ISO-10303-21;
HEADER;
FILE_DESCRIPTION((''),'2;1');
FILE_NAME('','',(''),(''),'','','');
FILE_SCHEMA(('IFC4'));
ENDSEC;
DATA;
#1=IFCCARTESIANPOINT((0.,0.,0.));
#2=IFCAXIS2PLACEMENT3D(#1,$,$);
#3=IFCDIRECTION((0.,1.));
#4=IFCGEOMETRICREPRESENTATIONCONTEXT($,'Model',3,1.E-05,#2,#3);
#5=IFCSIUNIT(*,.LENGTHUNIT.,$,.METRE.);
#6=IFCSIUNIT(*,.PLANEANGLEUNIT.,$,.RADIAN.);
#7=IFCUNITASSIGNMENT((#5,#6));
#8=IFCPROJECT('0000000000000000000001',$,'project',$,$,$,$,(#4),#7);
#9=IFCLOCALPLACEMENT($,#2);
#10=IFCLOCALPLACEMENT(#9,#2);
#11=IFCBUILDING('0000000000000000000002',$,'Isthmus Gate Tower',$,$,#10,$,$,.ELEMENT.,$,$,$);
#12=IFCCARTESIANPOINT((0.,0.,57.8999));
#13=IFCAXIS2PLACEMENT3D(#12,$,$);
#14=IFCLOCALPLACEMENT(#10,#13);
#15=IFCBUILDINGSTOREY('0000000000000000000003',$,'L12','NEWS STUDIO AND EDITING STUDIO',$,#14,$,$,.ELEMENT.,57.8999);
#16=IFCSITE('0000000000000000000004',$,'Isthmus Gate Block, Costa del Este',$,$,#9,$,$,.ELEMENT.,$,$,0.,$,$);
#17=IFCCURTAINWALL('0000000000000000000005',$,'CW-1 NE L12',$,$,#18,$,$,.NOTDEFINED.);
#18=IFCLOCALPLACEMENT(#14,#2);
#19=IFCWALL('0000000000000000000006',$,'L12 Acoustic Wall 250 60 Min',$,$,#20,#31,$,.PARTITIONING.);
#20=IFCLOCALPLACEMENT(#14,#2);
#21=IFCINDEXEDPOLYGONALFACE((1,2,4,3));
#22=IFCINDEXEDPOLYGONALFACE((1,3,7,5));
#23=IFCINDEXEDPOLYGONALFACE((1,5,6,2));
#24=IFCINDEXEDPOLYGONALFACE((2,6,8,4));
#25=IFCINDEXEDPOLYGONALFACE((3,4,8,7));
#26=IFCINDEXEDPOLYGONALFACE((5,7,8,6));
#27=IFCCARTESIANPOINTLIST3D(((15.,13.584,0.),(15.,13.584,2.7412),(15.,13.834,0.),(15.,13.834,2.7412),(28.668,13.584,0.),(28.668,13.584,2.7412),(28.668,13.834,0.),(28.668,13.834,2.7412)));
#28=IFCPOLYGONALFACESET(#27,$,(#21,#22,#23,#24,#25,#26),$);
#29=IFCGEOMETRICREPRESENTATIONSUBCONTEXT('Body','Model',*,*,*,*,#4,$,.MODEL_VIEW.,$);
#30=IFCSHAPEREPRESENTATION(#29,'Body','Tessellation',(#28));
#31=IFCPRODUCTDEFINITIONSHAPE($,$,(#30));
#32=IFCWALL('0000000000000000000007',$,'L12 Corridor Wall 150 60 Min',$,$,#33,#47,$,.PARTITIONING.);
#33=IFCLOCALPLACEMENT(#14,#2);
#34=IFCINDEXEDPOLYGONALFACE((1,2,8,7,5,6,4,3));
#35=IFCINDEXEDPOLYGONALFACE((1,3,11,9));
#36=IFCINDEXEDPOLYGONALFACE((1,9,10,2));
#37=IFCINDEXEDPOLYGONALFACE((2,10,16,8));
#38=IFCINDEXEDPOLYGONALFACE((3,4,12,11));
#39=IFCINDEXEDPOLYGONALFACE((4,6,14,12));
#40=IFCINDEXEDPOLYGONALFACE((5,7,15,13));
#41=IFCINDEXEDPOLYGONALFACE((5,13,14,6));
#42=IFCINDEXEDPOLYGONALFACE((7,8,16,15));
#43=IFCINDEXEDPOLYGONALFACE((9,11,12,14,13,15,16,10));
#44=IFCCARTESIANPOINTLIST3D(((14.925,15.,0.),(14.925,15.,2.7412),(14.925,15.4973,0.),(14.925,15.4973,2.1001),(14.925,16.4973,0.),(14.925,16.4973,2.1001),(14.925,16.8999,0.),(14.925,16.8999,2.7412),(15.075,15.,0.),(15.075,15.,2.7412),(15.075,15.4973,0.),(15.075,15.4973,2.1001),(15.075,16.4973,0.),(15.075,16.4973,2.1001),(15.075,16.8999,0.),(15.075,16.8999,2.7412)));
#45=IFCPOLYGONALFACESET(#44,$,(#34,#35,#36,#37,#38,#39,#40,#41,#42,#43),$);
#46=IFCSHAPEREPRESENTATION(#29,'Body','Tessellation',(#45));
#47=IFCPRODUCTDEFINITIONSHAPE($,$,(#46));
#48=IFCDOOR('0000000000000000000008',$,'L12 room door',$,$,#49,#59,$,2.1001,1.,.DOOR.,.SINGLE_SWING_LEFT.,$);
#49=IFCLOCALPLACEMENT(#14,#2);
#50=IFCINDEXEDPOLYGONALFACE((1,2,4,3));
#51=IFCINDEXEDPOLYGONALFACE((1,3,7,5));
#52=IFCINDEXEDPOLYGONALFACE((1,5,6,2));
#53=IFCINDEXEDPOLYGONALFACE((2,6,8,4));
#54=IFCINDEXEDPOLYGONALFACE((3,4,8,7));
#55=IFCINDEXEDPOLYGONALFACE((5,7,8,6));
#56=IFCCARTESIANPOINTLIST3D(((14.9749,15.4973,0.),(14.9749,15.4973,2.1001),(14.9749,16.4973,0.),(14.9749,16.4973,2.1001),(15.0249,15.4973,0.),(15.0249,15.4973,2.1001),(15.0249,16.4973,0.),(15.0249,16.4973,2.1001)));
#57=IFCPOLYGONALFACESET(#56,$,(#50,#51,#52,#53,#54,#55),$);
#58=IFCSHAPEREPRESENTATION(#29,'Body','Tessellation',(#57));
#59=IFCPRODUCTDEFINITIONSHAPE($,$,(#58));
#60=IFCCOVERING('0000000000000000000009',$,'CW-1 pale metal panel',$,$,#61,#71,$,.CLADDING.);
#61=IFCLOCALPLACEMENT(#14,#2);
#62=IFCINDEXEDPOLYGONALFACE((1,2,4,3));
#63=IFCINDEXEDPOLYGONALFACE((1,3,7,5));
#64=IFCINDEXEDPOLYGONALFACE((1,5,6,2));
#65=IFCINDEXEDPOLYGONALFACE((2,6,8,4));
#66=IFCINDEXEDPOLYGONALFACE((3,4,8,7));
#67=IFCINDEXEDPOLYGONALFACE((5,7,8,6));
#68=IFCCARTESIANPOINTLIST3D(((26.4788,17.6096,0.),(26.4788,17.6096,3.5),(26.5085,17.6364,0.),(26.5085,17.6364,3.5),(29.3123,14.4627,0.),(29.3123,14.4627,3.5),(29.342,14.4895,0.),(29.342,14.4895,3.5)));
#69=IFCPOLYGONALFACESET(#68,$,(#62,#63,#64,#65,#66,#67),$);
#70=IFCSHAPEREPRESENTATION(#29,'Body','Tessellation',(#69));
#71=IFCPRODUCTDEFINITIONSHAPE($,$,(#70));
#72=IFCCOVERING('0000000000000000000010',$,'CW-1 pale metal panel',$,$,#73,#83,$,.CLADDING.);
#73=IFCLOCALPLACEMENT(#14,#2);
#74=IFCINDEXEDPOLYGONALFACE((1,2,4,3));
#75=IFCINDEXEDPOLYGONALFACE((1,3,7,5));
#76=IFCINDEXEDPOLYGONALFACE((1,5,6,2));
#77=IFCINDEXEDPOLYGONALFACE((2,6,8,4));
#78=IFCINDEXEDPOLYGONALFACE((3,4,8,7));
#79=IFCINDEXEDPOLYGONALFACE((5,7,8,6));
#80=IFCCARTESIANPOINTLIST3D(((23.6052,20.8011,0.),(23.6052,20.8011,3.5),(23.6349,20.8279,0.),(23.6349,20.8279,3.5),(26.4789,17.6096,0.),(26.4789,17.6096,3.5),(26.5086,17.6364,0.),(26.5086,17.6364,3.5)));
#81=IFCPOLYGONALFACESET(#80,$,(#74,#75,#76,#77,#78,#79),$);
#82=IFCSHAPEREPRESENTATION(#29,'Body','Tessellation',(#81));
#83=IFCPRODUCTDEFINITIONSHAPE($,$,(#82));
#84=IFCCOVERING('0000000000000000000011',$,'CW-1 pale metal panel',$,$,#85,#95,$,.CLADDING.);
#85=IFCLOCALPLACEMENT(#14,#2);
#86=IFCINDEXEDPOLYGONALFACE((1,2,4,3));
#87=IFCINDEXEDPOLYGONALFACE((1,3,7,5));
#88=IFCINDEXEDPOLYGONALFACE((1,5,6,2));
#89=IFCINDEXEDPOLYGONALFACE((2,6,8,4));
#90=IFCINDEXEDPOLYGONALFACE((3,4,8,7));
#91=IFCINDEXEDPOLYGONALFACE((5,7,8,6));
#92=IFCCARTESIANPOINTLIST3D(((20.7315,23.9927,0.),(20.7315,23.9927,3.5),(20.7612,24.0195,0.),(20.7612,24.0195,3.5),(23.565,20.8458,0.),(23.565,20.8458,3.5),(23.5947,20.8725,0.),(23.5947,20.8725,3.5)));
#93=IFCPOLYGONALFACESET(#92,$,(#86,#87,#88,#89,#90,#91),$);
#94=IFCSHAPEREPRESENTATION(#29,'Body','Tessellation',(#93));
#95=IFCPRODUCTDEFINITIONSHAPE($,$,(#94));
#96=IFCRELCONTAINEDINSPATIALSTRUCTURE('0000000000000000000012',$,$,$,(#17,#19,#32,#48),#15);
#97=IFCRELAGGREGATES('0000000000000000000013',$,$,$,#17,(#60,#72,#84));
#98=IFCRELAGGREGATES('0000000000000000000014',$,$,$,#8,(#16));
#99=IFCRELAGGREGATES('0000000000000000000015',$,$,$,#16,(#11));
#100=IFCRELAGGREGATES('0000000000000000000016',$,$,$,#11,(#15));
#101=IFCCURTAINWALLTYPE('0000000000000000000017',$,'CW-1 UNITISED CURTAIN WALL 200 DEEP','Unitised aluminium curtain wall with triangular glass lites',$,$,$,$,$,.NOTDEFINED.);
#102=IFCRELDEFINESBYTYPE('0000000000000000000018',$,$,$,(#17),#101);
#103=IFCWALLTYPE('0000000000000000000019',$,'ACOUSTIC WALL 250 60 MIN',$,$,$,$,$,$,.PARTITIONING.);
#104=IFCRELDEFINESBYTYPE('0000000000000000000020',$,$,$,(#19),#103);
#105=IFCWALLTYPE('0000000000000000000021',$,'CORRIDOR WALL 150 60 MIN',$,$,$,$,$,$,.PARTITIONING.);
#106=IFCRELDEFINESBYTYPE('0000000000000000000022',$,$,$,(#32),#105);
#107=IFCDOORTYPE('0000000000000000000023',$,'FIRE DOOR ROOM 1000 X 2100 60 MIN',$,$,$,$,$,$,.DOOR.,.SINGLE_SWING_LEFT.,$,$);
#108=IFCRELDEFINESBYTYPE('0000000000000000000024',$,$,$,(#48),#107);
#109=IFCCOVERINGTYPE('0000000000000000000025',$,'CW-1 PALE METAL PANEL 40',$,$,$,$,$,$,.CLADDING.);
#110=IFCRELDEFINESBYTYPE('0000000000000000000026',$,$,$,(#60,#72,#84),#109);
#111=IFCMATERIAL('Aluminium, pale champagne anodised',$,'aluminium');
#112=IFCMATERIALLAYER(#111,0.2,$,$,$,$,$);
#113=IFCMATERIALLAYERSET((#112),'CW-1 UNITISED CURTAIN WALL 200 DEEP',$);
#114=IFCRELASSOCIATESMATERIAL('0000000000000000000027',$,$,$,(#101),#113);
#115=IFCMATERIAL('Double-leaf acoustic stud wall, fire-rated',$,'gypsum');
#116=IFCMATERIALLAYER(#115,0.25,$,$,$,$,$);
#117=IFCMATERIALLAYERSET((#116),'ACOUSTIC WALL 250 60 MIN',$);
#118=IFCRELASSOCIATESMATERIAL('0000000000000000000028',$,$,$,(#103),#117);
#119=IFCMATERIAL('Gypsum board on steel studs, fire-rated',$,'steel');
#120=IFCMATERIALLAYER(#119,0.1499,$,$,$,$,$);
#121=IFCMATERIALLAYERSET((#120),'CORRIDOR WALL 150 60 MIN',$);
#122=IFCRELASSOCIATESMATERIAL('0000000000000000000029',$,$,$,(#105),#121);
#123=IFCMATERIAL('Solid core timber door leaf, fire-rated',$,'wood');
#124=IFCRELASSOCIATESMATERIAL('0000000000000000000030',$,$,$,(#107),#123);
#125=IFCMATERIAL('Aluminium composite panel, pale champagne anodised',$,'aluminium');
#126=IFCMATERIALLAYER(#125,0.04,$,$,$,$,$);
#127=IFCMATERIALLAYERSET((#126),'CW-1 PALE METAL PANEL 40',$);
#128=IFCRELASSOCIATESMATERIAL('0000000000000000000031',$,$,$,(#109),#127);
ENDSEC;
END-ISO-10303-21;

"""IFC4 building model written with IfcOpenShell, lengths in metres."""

from ifc_helpers import new_model, si_unit, direction, frame, frame_2d, origin, origin_2d, place, context, subcontext, project, spatial, rectangle, extrude, material, layer, layer_set, type_object, element, fill, aggregate, save


model = new_model("IFC4")

# Units and contexts
model_context = context("Model", 3, precision=1e-05, world=origin(), true_north=direction((0.0, 1.0)))
body_context = subcontext(model_context, "Body", "Model", "MODEL_VIEW")
ifc_project = project(units=[si_unit("LENGTHUNIT", "METRE"), si_unit("PLANEANGLEUNIT", "RADIAN")], contexts=[model_context])

# Site, building, storey
site_placement = place(None, origin())
site = spatial("IfcSite", under=ifc_project, at=site_placement, Name="Isthmus Gate Block, Costa del Este", CompositionType="ELEMENT", RefElevation=0.0)
building_placement = place(site_placement, origin())
building = spatial("IfcBuilding", under=site, at=building_placement, Name="Isthmus Gate Tower", CompositionType="ELEMENT")
storey_placement = place(building_placement, frame((0.0, 0.0, 57.8999)))
storey = spatial("IfcBuildingStorey", under=building, at=storey_placement, Name="L12", Description="NEWS STUDIO AND EDITING STUDIO", CompositionType="ELEMENT", Elevation=57.8999)

# Curtain wall
ifc_material_1 = material(Name="Aluminium, pale champagne anodised", Category="aluminium")
ifc_layer_1 = layer(ifc_material_1, 0.2)
ifc_layer_set_1 = layer_set([ifc_layer_1], Name="CW-1 UNITISED CURTAIN WALL 200 DEEP")
curtain_wall_type = type_object("IfcCurtainWallType", Name="CW-1 UNITISED CURTAIN WALL 200 DEEP", Description="Unitised aluminium curtain wall with triangular glass lites", PredefinedType="NOTDEFINED", material=ifc_layer_set_1)
curtain_wall_1_placement = place(storey_placement, origin())
curtain_wall_1 = element("IfcCurtainWall", 1, at=curtain_wall_1_placement, inside=storey, type_object=curtain_wall_type, Name="CW-1 NE L12", PredefinedType="NOTDEFINED")

# Wall
ifc_material_2 = material(Name="Double-leaf acoustic stud wall, fire-rated", Category="gypsum")
ifc_layer_2 = layer(ifc_material_2, 0.25)
ifc_layer_set_2 = layer_set([ifc_layer_2], Name="ACOUSTIC WALL 250 60 MIN")
wall_type_1 = type_object("IfcWallType", Name="ACOUSTIC WALL 250 60 MIN", PredefinedType="PARTITIONING", material=ifc_layer_set_2)
wall_1_placement = place(storey_placement, frame((15.0, 13.709, 0.0), z_axis=(0.0, 0.0, 1.0), x_axis=(1.0, 0.0, 0.0)))
element("IfcWall", 2, at=wall_1_placement, inside=storey, type_object=wall_type_1, Name="L12 Acoustic Wall 250 60 Min", PredefinedType="PARTITIONING", context=body_context, shape_type="SweptSolid", body=[
    extrude(rectangle(XDim=13.668, YDim=0.25, at=frame_2d((6.834, 0.0))), origin(), (0.0, 0.0, 1.0), 2.7412),
])

# Wall, opening, door
ifc_material_3 = material(Name="Gypsum board on steel studs, fire-rated", Category="steel")
ifc_layer_3 = layer(ifc_material_3, 0.1499)
ifc_layer_set_3 = layer_set([ifc_layer_3], Name="CORRIDOR WALL 150 60 MIN")
wall_type_2 = type_object("IfcWallType", Name="CORRIDOR WALL 150 60 MIN", PredefinedType="PARTITIONING", material=ifc_layer_set_3)
wall_2_placement = place(storey_placement, frame((15.0, 16.8999, 0.0), z_axis=(0.0, 0.0, 1.0), x_axis=(0.0, -1.0, 0.0)))
wall_2 = element("IfcWall", 3, at=wall_2_placement, inside=storey, type_object=wall_type_2, Name="L12 Corridor Wall 150 60 Min", PredefinedType="PARTITIONING", context=body_context, shape_type="SweptSolid", body=[
    extrude(rectangle(XDim=1.8999, YDim=0.1499, at=frame_2d((0.95, 0.0))), origin(), (0.0, 0.0, 1.0), 2.7412),
])
opening_placement = place(wall_2_placement, frame((0.4026, 0.0, 0.0)))
opening = element("IfcOpeningElement", 4, at=opening_placement, cuts=wall_2, PredefinedType="OPENING", context=body_context, shape_type="SweptSolid", body=[
    extrude(rectangle(XDim=1.0, YDim=2.1001, at=frame_2d((0.5, 1.05))), frame((0.0, 0.085, 0.0), z_axis=(0.0, -1.0, 0.0), x_axis=(1.0, 0.0, 0.0)), (0.0, 0.0, 1.0), 0.1699),
])
ifc_material_4 = material(Name="Solid core timber door leaf, fire-rated", Category="wood")
door_type = type_object("IfcDoorType", Name="FIRE DOOR ROOM 1000 X 2100 60 MIN", OperationType="SINGLE_SWING_LEFT", PredefinedType="DOOR", material=ifc_material_4)
door_placement = place(opening_placement, origin())
door = element("IfcDoor", 5, at=door_placement, inside=storey, type_object=door_type, Name="L12 room door", OperationType="SINGLE_SWING_LEFT", OverallHeight=2.1001, OverallWidth=1.0, PredefinedType="DOOR", context=body_context, shape_type="SweptSolid", body=[
    extrude(rectangle(XDim=1.0, YDim=2.1001, at=frame_2d((0.5, 1.05))), frame((0.0, 0.0249, 0.0), z_axis=(0.0, -1.0, 0.0), x_axis=(1.0, 0.0, 0.0)), (0.0, 0.0, 1.0), 0.05),
])
fill(opening, door)

# Coverings
ifc_material_5 = material(Name="Aluminium composite panel, pale champagne anodised", Category="aluminium")
ifc_layer_4 = layer(ifc_material_5, 0.04)
ifc_layer_set_4 = layer_set([ifc_layer_4], Name="CW-1 PALE METAL PANEL 40")
covering_type = type_object("IfcCoveringType", Name="CW-1 PALE METAL PANEL 40", PredefinedType="CLADDING", material=ifc_layer_set_4)
covering_1_placement = place(storey_placement, frame((27.9104, 16.0496, 0.0), z_axis=(0.0, 0.0, 1.0), x_axis=(-0.669131, 0.743145, 0.0)))
covering_1 = element("IfcCovering", 6, at=covering_1_placement, type_object=covering_type, Name="CW-1 pale metal panel", PredefinedType="CLADDING", context=body_context, shape_type="SweptSolid", body=[
    extrude(rectangle(XDim=4.2346, YDim=0.04, at=origin_2d()), origin(), (0.0, 0.0, 1.0), 3.5),
])
covering_2_placement = place(storey_placement, frame((25.0569, 19.2188, 0.0), z_axis=(0.0, 0.0, 1.0), x_axis=(-0.669131, 0.743145, 0.0)))
covering_2 = element("IfcCovering", 7, at=covering_2_placement, type_object=covering_type, Name="CW-1 pale metal panel", PredefinedType="CLADDING", context=body_context, shape_type="SweptSolid", body=[
    extrude(rectangle(XDim=4.2947, YDim=0.04, at=origin_2d()), origin(), (0.0, 0.0, 1.0), 3.5),
])
covering_3_placement = place(storey_placement, frame((22.1631, 22.4326, 0.0), z_axis=(0.0, 0.0, 1.0), x_axis=(-0.669131, 0.743145, 0.0)))
covering_3 = element("IfcCovering", 8, at=covering_3_placement, type_object=covering_type, Name="CW-1 pale metal panel", PredefinedType="CLADDING", context=body_context, shape_type="SweptSolid", body=[
    extrude(rectangle(XDim=4.2346, YDim=0.04, at=origin_2d()), origin(), (0.0, 0.0, 1.0), 3.5),
])
aggregate(curtain_wall_1, [covering_1, covering_2, covering_3])

save(model, "model.ifc")
